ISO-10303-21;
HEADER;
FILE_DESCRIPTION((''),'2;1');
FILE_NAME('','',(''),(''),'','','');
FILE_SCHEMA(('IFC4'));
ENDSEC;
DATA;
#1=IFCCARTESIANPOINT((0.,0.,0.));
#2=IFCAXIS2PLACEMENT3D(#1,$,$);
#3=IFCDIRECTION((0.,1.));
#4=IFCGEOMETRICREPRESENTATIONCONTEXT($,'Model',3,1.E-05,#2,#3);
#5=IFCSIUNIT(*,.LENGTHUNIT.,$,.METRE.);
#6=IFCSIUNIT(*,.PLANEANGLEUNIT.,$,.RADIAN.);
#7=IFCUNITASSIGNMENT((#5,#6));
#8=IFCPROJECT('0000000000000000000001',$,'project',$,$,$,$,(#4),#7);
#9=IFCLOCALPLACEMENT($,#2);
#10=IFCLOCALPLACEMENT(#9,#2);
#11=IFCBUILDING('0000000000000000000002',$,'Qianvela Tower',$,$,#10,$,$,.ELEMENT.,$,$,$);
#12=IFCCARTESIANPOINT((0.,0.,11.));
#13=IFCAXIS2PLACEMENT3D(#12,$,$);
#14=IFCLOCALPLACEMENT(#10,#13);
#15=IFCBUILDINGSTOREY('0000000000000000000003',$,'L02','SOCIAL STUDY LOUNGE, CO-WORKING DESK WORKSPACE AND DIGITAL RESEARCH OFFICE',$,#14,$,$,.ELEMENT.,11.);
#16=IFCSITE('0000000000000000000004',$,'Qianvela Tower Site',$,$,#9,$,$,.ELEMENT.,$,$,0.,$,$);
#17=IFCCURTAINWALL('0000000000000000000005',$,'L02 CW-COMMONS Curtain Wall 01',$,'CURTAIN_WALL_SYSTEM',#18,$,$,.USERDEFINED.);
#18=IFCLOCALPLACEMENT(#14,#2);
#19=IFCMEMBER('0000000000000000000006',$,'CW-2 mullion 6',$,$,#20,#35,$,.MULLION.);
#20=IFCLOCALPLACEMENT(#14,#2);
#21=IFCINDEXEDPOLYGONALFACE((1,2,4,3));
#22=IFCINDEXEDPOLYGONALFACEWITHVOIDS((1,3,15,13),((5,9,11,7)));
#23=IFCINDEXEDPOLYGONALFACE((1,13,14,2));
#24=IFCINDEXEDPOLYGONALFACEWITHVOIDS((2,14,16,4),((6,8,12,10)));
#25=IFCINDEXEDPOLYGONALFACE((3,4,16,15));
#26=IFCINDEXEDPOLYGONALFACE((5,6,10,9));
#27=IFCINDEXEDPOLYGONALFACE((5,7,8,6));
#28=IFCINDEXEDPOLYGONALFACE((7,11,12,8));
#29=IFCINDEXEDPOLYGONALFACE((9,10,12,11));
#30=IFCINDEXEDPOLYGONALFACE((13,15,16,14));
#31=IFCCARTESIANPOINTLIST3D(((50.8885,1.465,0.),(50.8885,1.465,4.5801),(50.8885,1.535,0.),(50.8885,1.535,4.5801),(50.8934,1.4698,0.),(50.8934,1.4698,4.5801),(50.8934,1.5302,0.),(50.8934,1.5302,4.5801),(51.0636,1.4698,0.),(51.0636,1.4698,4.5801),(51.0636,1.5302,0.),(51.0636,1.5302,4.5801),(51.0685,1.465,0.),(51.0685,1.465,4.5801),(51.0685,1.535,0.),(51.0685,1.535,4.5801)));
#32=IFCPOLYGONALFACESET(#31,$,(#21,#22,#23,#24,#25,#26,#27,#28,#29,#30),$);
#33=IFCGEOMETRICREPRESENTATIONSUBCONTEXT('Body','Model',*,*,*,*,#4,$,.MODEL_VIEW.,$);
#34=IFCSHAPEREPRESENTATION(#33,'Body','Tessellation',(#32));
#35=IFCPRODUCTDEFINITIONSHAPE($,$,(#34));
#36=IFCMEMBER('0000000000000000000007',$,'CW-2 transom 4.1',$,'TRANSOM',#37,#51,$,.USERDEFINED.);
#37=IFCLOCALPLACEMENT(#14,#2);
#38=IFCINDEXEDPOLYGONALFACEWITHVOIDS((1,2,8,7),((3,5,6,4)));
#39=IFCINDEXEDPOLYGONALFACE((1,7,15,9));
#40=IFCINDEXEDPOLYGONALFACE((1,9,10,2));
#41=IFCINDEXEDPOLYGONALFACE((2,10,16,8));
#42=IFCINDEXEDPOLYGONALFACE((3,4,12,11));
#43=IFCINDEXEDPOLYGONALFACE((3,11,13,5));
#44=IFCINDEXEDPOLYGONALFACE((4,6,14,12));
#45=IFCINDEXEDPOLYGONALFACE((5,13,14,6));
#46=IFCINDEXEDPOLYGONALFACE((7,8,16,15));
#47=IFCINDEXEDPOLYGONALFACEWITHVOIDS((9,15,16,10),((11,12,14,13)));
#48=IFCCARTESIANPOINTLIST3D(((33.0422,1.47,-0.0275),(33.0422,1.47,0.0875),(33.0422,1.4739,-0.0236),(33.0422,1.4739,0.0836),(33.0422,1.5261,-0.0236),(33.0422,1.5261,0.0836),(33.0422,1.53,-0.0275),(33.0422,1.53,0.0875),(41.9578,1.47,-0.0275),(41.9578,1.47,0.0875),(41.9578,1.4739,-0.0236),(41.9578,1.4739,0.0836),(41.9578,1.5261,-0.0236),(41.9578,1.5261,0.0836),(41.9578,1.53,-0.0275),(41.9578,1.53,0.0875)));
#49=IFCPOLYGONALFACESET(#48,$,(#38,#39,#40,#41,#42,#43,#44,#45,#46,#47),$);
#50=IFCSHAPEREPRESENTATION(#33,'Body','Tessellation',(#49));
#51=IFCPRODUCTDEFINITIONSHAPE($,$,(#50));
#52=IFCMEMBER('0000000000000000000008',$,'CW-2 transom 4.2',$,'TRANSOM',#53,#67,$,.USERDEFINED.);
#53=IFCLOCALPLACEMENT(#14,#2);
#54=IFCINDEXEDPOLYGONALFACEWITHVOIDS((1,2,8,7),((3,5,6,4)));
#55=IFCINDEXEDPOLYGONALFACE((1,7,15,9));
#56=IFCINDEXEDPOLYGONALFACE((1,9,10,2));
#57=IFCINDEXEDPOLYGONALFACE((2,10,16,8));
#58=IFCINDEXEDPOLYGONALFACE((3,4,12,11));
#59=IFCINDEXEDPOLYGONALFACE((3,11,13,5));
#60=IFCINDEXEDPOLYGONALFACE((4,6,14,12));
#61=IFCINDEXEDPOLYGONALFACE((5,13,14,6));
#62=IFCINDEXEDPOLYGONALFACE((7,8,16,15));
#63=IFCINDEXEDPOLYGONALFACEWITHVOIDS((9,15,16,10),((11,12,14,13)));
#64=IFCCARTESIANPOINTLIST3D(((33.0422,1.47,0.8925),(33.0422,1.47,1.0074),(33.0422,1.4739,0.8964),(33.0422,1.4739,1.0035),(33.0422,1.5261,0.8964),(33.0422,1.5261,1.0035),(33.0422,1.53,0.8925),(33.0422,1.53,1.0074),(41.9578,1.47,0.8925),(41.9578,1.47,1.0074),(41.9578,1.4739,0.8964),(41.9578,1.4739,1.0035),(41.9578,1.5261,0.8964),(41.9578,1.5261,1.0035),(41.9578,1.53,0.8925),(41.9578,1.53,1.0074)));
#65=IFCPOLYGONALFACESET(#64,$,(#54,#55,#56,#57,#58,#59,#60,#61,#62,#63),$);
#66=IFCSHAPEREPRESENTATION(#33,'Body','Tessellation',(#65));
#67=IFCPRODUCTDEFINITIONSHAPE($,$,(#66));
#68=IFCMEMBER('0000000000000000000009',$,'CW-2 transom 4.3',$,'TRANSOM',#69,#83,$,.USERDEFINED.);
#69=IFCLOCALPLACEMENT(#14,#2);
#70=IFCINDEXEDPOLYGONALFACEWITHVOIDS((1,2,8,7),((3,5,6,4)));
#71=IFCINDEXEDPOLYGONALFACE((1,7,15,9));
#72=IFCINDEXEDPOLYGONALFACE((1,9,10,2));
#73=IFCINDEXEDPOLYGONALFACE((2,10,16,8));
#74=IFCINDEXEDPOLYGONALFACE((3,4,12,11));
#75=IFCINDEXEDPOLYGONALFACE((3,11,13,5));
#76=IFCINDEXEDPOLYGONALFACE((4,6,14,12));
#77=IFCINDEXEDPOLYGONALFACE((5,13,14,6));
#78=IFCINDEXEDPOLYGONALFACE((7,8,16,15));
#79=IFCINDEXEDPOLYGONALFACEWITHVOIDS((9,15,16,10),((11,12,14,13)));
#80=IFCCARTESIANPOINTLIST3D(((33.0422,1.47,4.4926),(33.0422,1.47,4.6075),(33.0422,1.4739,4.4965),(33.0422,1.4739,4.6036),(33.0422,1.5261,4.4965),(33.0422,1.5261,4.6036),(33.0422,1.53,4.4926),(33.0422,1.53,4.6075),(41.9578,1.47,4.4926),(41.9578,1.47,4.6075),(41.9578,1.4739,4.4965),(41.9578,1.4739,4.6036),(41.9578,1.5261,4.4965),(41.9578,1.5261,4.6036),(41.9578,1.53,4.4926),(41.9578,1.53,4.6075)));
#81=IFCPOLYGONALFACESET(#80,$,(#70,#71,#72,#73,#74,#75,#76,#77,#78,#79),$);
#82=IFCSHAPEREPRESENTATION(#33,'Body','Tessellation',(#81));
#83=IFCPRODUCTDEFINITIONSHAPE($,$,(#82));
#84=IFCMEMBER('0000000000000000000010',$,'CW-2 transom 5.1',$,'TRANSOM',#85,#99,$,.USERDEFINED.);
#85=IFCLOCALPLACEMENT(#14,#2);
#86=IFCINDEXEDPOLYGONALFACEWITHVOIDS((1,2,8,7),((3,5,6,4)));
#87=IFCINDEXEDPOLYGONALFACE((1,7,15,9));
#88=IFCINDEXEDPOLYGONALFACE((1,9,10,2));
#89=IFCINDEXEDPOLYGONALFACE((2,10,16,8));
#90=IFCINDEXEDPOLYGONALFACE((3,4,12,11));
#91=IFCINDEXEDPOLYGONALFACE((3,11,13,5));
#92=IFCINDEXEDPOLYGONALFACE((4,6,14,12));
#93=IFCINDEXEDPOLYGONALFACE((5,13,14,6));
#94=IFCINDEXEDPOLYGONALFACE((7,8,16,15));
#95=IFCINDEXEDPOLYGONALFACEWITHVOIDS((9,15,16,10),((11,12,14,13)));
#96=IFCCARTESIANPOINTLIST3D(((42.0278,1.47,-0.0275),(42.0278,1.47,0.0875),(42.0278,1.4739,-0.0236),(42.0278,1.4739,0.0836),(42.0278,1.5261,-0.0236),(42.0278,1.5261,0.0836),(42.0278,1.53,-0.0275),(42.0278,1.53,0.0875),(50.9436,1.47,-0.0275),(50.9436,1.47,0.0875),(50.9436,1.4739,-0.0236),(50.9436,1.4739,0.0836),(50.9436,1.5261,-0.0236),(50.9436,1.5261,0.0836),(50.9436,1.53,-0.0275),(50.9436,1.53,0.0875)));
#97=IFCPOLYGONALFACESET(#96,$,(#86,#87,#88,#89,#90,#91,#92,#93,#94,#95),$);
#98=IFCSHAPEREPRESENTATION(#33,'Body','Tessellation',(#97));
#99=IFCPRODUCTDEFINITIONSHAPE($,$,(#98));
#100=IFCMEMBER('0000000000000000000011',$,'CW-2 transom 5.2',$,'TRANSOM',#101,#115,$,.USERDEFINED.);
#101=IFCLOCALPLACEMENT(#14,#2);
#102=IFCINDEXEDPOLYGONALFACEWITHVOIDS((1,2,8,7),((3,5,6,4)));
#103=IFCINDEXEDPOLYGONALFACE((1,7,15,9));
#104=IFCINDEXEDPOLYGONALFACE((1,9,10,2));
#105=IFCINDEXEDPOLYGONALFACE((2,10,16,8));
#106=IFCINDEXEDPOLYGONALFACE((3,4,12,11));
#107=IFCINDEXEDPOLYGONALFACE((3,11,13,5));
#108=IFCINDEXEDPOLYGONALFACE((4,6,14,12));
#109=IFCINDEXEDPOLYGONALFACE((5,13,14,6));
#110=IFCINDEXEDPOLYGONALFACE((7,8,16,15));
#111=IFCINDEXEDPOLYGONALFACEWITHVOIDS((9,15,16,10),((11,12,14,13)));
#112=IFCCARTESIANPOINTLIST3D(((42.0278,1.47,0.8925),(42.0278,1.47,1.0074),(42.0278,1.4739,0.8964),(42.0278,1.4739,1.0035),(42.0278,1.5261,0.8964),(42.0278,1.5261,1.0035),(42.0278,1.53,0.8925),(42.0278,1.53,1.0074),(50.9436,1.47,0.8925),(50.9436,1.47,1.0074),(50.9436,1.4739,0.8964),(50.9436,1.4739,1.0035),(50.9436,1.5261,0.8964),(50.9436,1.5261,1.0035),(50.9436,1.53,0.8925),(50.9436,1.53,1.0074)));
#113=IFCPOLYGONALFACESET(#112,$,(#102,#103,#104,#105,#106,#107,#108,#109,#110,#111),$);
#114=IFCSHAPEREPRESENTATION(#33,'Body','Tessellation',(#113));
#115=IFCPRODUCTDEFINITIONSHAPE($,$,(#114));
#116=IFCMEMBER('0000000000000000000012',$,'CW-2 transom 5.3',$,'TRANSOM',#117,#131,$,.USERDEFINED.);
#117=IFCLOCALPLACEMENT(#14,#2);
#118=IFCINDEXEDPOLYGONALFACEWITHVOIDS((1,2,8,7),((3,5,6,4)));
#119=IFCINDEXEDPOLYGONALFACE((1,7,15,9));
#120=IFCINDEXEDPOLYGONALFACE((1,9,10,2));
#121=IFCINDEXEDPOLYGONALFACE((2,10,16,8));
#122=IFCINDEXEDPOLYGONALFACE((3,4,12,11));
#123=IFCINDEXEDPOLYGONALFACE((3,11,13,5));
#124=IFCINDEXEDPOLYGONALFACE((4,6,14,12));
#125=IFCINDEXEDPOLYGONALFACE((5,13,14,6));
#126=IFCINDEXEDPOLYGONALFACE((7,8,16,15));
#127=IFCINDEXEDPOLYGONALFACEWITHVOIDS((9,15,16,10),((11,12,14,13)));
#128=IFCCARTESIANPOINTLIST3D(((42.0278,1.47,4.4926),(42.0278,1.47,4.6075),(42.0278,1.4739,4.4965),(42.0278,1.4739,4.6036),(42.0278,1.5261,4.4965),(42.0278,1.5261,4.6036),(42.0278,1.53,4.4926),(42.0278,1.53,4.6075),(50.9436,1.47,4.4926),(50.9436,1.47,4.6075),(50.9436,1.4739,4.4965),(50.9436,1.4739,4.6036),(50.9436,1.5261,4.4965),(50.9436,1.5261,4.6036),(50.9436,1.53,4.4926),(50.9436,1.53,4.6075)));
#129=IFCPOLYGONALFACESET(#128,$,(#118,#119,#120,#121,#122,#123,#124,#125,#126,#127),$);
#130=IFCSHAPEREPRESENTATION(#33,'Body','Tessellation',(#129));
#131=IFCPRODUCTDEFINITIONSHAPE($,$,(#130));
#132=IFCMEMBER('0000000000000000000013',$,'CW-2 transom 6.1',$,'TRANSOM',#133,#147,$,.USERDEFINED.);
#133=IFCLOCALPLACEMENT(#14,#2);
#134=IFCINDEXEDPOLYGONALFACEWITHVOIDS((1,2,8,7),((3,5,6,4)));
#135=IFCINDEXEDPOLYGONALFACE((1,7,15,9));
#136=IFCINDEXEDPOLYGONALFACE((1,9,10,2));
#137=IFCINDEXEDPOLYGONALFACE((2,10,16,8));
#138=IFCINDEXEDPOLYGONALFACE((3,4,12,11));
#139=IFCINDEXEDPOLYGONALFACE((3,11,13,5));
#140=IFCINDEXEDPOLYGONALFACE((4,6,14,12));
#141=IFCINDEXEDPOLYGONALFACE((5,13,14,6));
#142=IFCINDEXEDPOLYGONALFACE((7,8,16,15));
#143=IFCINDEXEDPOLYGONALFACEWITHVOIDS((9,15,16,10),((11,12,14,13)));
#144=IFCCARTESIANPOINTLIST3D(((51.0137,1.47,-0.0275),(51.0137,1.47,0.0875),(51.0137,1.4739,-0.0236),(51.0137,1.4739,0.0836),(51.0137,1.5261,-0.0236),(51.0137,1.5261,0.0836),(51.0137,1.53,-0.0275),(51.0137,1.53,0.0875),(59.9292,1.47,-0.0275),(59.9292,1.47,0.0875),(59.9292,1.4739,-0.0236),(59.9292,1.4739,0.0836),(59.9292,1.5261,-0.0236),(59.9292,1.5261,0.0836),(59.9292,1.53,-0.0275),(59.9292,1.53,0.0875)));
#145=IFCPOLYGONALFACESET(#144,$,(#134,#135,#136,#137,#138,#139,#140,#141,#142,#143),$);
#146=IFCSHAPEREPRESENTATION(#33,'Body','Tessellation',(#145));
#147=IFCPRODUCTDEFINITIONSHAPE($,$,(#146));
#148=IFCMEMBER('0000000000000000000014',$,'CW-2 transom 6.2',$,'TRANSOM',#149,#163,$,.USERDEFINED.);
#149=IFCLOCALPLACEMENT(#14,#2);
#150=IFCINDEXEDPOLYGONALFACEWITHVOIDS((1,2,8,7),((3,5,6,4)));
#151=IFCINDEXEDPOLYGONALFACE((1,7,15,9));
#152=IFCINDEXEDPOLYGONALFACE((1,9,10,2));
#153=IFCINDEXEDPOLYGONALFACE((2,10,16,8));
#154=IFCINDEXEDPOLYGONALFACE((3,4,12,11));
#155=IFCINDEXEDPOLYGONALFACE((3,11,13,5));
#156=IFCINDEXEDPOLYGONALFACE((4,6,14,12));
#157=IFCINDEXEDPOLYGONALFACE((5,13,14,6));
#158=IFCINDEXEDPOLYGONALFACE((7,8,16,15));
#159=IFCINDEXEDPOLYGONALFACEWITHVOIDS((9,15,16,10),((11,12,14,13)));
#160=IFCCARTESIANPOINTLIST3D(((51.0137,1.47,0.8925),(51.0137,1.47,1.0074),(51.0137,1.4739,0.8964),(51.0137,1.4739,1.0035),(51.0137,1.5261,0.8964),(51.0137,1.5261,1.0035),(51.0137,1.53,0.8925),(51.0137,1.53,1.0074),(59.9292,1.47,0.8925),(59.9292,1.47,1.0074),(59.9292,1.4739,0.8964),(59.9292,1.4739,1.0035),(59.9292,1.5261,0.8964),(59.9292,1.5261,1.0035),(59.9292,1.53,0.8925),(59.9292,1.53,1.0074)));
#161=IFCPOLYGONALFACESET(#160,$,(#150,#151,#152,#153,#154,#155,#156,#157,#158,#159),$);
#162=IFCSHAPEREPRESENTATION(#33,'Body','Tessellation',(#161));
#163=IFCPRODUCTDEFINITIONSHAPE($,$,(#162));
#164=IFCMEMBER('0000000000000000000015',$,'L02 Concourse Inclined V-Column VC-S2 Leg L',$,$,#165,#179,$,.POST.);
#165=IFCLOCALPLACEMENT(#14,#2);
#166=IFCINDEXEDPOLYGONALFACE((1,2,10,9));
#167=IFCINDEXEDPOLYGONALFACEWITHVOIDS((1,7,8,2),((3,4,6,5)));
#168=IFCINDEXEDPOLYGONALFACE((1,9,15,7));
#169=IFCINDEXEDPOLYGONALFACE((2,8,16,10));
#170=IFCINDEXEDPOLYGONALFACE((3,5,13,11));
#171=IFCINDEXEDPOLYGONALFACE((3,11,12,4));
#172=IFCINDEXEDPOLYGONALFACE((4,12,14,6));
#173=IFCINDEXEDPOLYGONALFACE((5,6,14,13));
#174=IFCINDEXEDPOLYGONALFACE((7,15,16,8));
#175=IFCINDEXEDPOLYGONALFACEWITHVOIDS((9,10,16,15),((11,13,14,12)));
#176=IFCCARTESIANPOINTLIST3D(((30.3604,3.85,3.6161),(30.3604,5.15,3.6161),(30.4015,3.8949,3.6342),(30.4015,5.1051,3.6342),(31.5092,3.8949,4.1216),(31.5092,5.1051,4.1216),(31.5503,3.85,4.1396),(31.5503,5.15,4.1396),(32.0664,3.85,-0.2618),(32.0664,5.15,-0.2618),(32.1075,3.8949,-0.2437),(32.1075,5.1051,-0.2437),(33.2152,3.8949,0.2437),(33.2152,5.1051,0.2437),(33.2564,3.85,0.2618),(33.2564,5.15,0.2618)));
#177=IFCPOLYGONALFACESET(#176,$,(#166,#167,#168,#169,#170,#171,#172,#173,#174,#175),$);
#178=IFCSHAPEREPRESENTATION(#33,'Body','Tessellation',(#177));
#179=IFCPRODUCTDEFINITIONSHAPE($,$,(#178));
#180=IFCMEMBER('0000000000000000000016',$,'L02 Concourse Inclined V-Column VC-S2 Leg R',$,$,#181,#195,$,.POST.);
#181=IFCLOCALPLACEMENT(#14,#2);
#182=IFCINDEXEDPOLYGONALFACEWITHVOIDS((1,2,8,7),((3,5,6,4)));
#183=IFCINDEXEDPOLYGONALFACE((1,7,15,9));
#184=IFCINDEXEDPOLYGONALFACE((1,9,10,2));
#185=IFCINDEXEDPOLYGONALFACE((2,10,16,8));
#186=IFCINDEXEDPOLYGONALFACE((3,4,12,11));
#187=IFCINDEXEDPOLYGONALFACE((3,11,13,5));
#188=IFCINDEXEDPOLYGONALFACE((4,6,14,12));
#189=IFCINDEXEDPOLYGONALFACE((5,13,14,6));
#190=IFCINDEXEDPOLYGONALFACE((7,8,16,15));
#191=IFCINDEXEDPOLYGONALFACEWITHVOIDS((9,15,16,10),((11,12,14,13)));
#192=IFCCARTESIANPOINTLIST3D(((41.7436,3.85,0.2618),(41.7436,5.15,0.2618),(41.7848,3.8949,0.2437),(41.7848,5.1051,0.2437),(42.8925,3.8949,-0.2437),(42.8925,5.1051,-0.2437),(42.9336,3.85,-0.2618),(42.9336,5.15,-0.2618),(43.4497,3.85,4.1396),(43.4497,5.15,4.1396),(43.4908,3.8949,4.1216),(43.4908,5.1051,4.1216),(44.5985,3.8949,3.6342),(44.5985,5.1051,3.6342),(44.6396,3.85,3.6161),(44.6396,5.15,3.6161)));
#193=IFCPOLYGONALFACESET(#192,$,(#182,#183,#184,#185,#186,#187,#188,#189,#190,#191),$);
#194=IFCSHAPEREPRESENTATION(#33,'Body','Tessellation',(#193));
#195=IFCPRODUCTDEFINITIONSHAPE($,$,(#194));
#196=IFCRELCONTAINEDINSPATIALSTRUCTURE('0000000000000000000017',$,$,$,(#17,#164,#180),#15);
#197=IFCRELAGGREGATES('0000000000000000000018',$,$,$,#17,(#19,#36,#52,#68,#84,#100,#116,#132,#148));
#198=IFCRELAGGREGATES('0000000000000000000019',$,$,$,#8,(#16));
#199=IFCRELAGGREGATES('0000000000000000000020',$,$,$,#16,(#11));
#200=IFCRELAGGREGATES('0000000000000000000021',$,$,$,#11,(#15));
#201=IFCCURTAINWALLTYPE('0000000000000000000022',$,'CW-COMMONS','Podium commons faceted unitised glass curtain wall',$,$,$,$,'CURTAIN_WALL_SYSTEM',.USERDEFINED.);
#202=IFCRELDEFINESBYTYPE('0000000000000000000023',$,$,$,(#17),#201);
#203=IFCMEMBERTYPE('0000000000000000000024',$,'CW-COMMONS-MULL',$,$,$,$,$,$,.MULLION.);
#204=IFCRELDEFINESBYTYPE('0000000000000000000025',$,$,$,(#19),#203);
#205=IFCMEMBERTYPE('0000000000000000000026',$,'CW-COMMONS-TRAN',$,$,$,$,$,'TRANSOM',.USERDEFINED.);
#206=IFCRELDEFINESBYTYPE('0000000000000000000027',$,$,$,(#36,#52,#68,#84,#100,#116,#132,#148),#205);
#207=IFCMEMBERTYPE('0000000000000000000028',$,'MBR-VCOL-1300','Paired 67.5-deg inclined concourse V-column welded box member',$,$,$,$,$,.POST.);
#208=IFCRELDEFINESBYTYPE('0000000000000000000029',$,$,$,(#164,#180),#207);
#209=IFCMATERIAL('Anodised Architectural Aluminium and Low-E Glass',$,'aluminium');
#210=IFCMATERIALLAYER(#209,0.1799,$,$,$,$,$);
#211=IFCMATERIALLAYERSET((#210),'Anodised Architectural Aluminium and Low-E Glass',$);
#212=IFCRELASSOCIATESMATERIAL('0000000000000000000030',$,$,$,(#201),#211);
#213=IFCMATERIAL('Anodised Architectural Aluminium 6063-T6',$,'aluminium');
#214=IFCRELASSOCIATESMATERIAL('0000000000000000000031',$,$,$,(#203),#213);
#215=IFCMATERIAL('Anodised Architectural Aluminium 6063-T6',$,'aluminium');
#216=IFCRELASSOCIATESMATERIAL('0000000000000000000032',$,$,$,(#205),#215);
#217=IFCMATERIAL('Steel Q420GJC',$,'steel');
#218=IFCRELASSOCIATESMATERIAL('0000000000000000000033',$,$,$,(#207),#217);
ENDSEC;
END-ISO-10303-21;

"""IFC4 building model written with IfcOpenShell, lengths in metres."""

from ifc_helpers import new_model, si_unit, direction, frame, origin, origin_2d, place, context, subcontext, project, spatial, hollow_rectangle, extrude, material, layer, layer_set, material_profile, profile_set, type_object, element, aggregate, save


model = new_model("IFC4")

# Units and contexts
model_context = context("Model", 3, precision=1e-05, world=origin(), true_north=direction((0.0, 1.0)))
body_context = subcontext(model_context, "Body", "Model", "MODEL_VIEW")
ifc_project = project(units=[si_unit("LENGTHUNIT", "METRE"), si_unit("PLANEANGLEUNIT", "RADIAN")], contexts=[model_context])

# Site, building, storey
site_placement = place(None, origin())
site = spatial("IfcSite", under=ifc_project, at=site_placement, Name="Qianvela Tower Site", CompositionType="ELEMENT", RefElevation=0.0)
building_placement = place(site_placement, origin())
building = spatial("IfcBuilding", under=site, at=building_placement, Name="Qianvela Tower", CompositionType="ELEMENT")
storey_placement = place(building_placement, frame((0.0, 0.0, 11.0)))
storey = spatial("IfcBuildingStorey", under=building, at=storey_placement, Name="L02", Description="SOCIAL STUDY LOUNGE, CO-WORKING DESK WORKSPACE AND DIGITAL RESEARCH OFFICE", CompositionType="ELEMENT", Elevation=11.0)

# Curtain wall, members
ifc_material_1 = material(Name="Anodised Architectural Aluminium and Low-E Glass", Category="aluminium")
ifc_layer_1 = layer(ifc_material_1, 0.1799)
ifc_layer_set_1 = layer_set([ifc_layer_1], Name="Anodised Architectural Aluminium and Low-E Glass")
curtain_wall_type = type_object("IfcCurtainWallType", Name="CW-COMMONS", Description="Podium commons faceted unitised glass curtain wall", ElementType="CURTAIN_WALL_SYSTEM", PredefinedType="USERDEFINED", material=ifc_layer_set_1)
curtain_wall_placement = place(storey_placement, origin())
curtain_wall = element("IfcCurtainWall", 1, at=curtain_wall_placement, inside=storey, type_object=curtain_wall_type, Name="L02 CW-COMMONS Curtain Wall 01", ObjectType="CURTAIN_WALL_SYSTEM", PredefinedType="USERDEFINED")
ifc_material_2 = material(Name="Anodised Architectural Aluminium 6063-T6", Category="aluminium")
ifc_material_profile_1 = material_profile(ifc_material_2, hollow_rectangle(XDim=0.0701, YDim=0.1799, WallThickness=0.0049, at=origin_2d()), Name="ALU-MULL-70x180")
ifc_profile_set_1 = profile_set([ifc_material_profile_1], Name="Anodised Architectural Aluminium 6063-T6")
member_type_1 = type_object("IfcMemberType", Name="CW-COMMONS-MULL", PredefinedType="MULLION", material=ifc_profile_set_1)
member_1_placement = place(storey_placement, frame((50.9785, 1.5, 0.0), z_axis=(0.0, 0.0, 1.0), x_axis=(0.0, 1.0, 0.0)))
member_1 = element("IfcMember", 2, at=member_1_placement, type_object=member_type_1, Name="CW-2 mullion 6", PredefinedType="MULLION", context=body_context, shape_type="SweptSolid", body=[
    extrude(hollow_rectangle(XDim=0.0701, YDim=0.1799, WallThickness=0.0049, at=origin_2d()), origin(), (0.0, 0.0, 1.0), 4.5801),
])
ifc_material_3 = material(Name="Anodised Architectural Aluminium 6063-T6", Category="aluminium")
ifc_material_profile_2 = material_profile(ifc_material_3, hollow_rectangle(XDim=0.0601, YDim=0.115, WallThickness=0.0039, at=origin_2d()), Name="ALU-TRAN-60x115")
ifc_profile_set_2 = profile_set([ifc_material_profile_2], Name="Anodised Architectural Aluminium 6063-T6")
member_type_2 = type_object("IfcMemberType", Name="CW-COMMONS-TRAN", ElementType="TRANSOM", PredefinedType="USERDEFINED", material=ifc_profile_set_2)
member_2_placement = place(storey_placement, frame((33.0422, 1.5, 0.03), z_axis=(1.0, 0.0, 0.0), x_axis=(0.0, 1.0, 0.0)))
member_2 = element("IfcMember", 3, at=member_2_placement, type_object=member_type_2, Name="CW-2 transom 4.1", ObjectType="TRANSOM", PredefinedType="USERDEFINED", context=body_context, shape_type="SweptSolid", body=[
    extrude(hollow_rectangle(XDim=0.0601, YDim=0.115, WallThickness=0.0039, at=origin_2d()), origin(), (0.0, 0.0, 1.0), 8.9155),
])
member_3_placement = place(storey_placement, frame((33.0422, 1.5, 0.95), z_axis=(1.0, 0.0, 0.0), x_axis=(0.0, 1.0, 0.0)))
member_3 = element("IfcMember", 4, at=member_3_placement, type_object=member_type_2, Name="CW-2 transom 4.2", ObjectType="TRANSOM", PredefinedType="USERDEFINED", context=body_context, shape_type="SweptSolid", body=[
    extrude(hollow_rectangle(XDim=0.0601, YDim=0.115, WallThickness=0.0039, at=origin_2d()), origin(), (0.0, 0.0, 1.0), 8.9155),
])
member_4_placement = place(storey_placement, frame((33.0422, 1.5, 4.55), z_axis=(1.0, 0.0, 0.0), x_axis=(0.0, 1.0, 0.0)))
member_4 = element("IfcMember", 5, at=member_4_placement, type_object=member_type_2, Name="CW-2 transom 4.3", ObjectType="TRANSOM", PredefinedType="USERDEFINED", context=body_context, shape_type="SweptSolid", body=[
    extrude(hollow_rectangle(XDim=0.0601, YDim=0.115, WallThickness=0.0039, at=origin_2d()), origin(), (0.0, 0.0, 1.0), 8.9155),
])
member_5_placement = place(storey_placement, frame((42.0278, 1.5, 0.03), z_axis=(1.0, 0.0, 0.0), x_axis=(0.0, 1.0, 0.0)))
member_5 = element("IfcMember", 6, at=member_5_placement, type_object=member_type_2, Name="CW-2 transom 5.1", ObjectType="TRANSOM", PredefinedType="USERDEFINED", context=body_context, shape_type="SweptSolid", body=[
    extrude(hollow_rectangle(XDim=0.0601, YDim=0.115, WallThickness=0.0039, at=origin_2d()), origin(), (0.0, 0.0, 1.0), 8.9158),
])
member_6_placement = place(storey_placement, frame((42.0278, 1.5, 0.95), z_axis=(1.0, 0.0, 0.0), x_axis=(0.0, 1.0, 0.0)))
member_6 = element("IfcMember", 7, at=member_6_placement, type_object=member_type_2, Name="CW-2 transom 5.2", ObjectType="TRANSOM", PredefinedType="USERDEFINED", context=body_context, shape_type="SweptSolid", body=[
    extrude(hollow_rectangle(XDim=0.0601, YDim=0.115, WallThickness=0.0039, at=origin_2d()), origin(), (0.0, 0.0, 1.0), 8.9158),
])
member_7_placement = place(storey_placement, frame((42.0278, 1.5, 4.55), z_axis=(1.0, 0.0, 0.0), x_axis=(0.0, 1.0, 0.0)))
member_7 = element("IfcMember", 8, at=member_7_placement, type_object=member_type_2, Name="CW-2 transom 5.3", ObjectType="TRANSOM", PredefinedType="USERDEFINED", context=body_context, shape_type="SweptSolid", body=[
    extrude(hollow_rectangle(XDim=0.0601, YDim=0.115, WallThickness=0.0039, at=origin_2d()), origin(), (0.0, 0.0, 1.0), 8.9158),
])
member_8_placement = place(storey_placement, frame((51.0137, 1.5, 0.03), z_axis=(1.0, 0.0, 0.0), x_axis=(0.0, 1.0, 0.0)))
member_8 = element("IfcMember", 9, at=member_8_placement, type_object=member_type_2, Name="CW-2 transom 6.1", ObjectType="TRANSOM", PredefinedType="USERDEFINED", context=body_context, shape_type="SweptSolid", body=[
    extrude(hollow_rectangle(XDim=0.0601, YDim=0.115, WallThickness=0.0039, at=origin_2d()), origin(), (0.0, 0.0, 1.0), 8.9155),
])
member_9_placement = place(storey_placement, frame((51.0137, 1.5, 0.95), z_axis=(1.0, 0.0, 0.0), x_axis=(0.0, 1.0, 0.0)))
member_9 = element("IfcMember", 10, at=member_9_placement, type_object=member_type_2, Name="CW-2 transom 6.2", ObjectType="TRANSOM", PredefinedType="USERDEFINED", context=body_context, shape_type="SweptSolid", body=[
    extrude(hollow_rectangle(XDim=0.0601, YDim=0.115, WallThickness=0.0039, at=origin_2d()), origin(), (0.0, 0.0, 1.0), 8.9155),
])

# Members
ifc_material_4 = material(Name="Steel Q420GJC", Category="steel")
ifc_material_profile_3 = material_profile(ifc_material_4, hollow_rectangle(XDim=1.3, YDim=1.3, WallThickness=0.0449, at=origin_2d()), Name="VBOX-1300x1300x45")
ifc_profile_set_3 = profile_set([ifc_material_profile_3], Name="Steel Q420GJC")
member_type_3 = type_object("IfcMemberType", Name="MBR-VCOL-1300", Description="Paired 67.5-deg inclined concourse V-column welded box member", PredefinedType="POST", material=ifc_profile_set_3)
for number, where, z_axis, x_axis, name in (
    (11, (32.6614, 4.5, 0.0), (-0.402692, 0.0, 0.915335), (0.0, -1.0, 0.0), "L02 Concourse Inclined V-Column VC-S2 Leg L"),
    (12, (42.3386, 4.5, 0.0), (0.402692, 0.0, 0.915335), (0.0, 1.0, 0.0), "L02 Concourse Inclined V-Column VC-S2 Leg R"),
):
    element("IfcMember", number, at=place(storey_placement, frame(where, z_axis=z_axis, x_axis=x_axis)), inside=storey, type_object=member_type_3, Name=name, PredefinedType="POST", context=body_context, shape_type="SweptSolid", body=[
        extrude(hollow_rectangle(XDim=1.3, YDim=1.3, WallThickness=0.0449, at=origin_2d()), origin(), (0.0, 0.0, 1.0), 4.2366),
    ])

aggregate(curtain_wall, [member_1, member_2, member_3, member_4, member_5, member_6, member_7, member_8, member_9])

save(model, "model.ifc")
